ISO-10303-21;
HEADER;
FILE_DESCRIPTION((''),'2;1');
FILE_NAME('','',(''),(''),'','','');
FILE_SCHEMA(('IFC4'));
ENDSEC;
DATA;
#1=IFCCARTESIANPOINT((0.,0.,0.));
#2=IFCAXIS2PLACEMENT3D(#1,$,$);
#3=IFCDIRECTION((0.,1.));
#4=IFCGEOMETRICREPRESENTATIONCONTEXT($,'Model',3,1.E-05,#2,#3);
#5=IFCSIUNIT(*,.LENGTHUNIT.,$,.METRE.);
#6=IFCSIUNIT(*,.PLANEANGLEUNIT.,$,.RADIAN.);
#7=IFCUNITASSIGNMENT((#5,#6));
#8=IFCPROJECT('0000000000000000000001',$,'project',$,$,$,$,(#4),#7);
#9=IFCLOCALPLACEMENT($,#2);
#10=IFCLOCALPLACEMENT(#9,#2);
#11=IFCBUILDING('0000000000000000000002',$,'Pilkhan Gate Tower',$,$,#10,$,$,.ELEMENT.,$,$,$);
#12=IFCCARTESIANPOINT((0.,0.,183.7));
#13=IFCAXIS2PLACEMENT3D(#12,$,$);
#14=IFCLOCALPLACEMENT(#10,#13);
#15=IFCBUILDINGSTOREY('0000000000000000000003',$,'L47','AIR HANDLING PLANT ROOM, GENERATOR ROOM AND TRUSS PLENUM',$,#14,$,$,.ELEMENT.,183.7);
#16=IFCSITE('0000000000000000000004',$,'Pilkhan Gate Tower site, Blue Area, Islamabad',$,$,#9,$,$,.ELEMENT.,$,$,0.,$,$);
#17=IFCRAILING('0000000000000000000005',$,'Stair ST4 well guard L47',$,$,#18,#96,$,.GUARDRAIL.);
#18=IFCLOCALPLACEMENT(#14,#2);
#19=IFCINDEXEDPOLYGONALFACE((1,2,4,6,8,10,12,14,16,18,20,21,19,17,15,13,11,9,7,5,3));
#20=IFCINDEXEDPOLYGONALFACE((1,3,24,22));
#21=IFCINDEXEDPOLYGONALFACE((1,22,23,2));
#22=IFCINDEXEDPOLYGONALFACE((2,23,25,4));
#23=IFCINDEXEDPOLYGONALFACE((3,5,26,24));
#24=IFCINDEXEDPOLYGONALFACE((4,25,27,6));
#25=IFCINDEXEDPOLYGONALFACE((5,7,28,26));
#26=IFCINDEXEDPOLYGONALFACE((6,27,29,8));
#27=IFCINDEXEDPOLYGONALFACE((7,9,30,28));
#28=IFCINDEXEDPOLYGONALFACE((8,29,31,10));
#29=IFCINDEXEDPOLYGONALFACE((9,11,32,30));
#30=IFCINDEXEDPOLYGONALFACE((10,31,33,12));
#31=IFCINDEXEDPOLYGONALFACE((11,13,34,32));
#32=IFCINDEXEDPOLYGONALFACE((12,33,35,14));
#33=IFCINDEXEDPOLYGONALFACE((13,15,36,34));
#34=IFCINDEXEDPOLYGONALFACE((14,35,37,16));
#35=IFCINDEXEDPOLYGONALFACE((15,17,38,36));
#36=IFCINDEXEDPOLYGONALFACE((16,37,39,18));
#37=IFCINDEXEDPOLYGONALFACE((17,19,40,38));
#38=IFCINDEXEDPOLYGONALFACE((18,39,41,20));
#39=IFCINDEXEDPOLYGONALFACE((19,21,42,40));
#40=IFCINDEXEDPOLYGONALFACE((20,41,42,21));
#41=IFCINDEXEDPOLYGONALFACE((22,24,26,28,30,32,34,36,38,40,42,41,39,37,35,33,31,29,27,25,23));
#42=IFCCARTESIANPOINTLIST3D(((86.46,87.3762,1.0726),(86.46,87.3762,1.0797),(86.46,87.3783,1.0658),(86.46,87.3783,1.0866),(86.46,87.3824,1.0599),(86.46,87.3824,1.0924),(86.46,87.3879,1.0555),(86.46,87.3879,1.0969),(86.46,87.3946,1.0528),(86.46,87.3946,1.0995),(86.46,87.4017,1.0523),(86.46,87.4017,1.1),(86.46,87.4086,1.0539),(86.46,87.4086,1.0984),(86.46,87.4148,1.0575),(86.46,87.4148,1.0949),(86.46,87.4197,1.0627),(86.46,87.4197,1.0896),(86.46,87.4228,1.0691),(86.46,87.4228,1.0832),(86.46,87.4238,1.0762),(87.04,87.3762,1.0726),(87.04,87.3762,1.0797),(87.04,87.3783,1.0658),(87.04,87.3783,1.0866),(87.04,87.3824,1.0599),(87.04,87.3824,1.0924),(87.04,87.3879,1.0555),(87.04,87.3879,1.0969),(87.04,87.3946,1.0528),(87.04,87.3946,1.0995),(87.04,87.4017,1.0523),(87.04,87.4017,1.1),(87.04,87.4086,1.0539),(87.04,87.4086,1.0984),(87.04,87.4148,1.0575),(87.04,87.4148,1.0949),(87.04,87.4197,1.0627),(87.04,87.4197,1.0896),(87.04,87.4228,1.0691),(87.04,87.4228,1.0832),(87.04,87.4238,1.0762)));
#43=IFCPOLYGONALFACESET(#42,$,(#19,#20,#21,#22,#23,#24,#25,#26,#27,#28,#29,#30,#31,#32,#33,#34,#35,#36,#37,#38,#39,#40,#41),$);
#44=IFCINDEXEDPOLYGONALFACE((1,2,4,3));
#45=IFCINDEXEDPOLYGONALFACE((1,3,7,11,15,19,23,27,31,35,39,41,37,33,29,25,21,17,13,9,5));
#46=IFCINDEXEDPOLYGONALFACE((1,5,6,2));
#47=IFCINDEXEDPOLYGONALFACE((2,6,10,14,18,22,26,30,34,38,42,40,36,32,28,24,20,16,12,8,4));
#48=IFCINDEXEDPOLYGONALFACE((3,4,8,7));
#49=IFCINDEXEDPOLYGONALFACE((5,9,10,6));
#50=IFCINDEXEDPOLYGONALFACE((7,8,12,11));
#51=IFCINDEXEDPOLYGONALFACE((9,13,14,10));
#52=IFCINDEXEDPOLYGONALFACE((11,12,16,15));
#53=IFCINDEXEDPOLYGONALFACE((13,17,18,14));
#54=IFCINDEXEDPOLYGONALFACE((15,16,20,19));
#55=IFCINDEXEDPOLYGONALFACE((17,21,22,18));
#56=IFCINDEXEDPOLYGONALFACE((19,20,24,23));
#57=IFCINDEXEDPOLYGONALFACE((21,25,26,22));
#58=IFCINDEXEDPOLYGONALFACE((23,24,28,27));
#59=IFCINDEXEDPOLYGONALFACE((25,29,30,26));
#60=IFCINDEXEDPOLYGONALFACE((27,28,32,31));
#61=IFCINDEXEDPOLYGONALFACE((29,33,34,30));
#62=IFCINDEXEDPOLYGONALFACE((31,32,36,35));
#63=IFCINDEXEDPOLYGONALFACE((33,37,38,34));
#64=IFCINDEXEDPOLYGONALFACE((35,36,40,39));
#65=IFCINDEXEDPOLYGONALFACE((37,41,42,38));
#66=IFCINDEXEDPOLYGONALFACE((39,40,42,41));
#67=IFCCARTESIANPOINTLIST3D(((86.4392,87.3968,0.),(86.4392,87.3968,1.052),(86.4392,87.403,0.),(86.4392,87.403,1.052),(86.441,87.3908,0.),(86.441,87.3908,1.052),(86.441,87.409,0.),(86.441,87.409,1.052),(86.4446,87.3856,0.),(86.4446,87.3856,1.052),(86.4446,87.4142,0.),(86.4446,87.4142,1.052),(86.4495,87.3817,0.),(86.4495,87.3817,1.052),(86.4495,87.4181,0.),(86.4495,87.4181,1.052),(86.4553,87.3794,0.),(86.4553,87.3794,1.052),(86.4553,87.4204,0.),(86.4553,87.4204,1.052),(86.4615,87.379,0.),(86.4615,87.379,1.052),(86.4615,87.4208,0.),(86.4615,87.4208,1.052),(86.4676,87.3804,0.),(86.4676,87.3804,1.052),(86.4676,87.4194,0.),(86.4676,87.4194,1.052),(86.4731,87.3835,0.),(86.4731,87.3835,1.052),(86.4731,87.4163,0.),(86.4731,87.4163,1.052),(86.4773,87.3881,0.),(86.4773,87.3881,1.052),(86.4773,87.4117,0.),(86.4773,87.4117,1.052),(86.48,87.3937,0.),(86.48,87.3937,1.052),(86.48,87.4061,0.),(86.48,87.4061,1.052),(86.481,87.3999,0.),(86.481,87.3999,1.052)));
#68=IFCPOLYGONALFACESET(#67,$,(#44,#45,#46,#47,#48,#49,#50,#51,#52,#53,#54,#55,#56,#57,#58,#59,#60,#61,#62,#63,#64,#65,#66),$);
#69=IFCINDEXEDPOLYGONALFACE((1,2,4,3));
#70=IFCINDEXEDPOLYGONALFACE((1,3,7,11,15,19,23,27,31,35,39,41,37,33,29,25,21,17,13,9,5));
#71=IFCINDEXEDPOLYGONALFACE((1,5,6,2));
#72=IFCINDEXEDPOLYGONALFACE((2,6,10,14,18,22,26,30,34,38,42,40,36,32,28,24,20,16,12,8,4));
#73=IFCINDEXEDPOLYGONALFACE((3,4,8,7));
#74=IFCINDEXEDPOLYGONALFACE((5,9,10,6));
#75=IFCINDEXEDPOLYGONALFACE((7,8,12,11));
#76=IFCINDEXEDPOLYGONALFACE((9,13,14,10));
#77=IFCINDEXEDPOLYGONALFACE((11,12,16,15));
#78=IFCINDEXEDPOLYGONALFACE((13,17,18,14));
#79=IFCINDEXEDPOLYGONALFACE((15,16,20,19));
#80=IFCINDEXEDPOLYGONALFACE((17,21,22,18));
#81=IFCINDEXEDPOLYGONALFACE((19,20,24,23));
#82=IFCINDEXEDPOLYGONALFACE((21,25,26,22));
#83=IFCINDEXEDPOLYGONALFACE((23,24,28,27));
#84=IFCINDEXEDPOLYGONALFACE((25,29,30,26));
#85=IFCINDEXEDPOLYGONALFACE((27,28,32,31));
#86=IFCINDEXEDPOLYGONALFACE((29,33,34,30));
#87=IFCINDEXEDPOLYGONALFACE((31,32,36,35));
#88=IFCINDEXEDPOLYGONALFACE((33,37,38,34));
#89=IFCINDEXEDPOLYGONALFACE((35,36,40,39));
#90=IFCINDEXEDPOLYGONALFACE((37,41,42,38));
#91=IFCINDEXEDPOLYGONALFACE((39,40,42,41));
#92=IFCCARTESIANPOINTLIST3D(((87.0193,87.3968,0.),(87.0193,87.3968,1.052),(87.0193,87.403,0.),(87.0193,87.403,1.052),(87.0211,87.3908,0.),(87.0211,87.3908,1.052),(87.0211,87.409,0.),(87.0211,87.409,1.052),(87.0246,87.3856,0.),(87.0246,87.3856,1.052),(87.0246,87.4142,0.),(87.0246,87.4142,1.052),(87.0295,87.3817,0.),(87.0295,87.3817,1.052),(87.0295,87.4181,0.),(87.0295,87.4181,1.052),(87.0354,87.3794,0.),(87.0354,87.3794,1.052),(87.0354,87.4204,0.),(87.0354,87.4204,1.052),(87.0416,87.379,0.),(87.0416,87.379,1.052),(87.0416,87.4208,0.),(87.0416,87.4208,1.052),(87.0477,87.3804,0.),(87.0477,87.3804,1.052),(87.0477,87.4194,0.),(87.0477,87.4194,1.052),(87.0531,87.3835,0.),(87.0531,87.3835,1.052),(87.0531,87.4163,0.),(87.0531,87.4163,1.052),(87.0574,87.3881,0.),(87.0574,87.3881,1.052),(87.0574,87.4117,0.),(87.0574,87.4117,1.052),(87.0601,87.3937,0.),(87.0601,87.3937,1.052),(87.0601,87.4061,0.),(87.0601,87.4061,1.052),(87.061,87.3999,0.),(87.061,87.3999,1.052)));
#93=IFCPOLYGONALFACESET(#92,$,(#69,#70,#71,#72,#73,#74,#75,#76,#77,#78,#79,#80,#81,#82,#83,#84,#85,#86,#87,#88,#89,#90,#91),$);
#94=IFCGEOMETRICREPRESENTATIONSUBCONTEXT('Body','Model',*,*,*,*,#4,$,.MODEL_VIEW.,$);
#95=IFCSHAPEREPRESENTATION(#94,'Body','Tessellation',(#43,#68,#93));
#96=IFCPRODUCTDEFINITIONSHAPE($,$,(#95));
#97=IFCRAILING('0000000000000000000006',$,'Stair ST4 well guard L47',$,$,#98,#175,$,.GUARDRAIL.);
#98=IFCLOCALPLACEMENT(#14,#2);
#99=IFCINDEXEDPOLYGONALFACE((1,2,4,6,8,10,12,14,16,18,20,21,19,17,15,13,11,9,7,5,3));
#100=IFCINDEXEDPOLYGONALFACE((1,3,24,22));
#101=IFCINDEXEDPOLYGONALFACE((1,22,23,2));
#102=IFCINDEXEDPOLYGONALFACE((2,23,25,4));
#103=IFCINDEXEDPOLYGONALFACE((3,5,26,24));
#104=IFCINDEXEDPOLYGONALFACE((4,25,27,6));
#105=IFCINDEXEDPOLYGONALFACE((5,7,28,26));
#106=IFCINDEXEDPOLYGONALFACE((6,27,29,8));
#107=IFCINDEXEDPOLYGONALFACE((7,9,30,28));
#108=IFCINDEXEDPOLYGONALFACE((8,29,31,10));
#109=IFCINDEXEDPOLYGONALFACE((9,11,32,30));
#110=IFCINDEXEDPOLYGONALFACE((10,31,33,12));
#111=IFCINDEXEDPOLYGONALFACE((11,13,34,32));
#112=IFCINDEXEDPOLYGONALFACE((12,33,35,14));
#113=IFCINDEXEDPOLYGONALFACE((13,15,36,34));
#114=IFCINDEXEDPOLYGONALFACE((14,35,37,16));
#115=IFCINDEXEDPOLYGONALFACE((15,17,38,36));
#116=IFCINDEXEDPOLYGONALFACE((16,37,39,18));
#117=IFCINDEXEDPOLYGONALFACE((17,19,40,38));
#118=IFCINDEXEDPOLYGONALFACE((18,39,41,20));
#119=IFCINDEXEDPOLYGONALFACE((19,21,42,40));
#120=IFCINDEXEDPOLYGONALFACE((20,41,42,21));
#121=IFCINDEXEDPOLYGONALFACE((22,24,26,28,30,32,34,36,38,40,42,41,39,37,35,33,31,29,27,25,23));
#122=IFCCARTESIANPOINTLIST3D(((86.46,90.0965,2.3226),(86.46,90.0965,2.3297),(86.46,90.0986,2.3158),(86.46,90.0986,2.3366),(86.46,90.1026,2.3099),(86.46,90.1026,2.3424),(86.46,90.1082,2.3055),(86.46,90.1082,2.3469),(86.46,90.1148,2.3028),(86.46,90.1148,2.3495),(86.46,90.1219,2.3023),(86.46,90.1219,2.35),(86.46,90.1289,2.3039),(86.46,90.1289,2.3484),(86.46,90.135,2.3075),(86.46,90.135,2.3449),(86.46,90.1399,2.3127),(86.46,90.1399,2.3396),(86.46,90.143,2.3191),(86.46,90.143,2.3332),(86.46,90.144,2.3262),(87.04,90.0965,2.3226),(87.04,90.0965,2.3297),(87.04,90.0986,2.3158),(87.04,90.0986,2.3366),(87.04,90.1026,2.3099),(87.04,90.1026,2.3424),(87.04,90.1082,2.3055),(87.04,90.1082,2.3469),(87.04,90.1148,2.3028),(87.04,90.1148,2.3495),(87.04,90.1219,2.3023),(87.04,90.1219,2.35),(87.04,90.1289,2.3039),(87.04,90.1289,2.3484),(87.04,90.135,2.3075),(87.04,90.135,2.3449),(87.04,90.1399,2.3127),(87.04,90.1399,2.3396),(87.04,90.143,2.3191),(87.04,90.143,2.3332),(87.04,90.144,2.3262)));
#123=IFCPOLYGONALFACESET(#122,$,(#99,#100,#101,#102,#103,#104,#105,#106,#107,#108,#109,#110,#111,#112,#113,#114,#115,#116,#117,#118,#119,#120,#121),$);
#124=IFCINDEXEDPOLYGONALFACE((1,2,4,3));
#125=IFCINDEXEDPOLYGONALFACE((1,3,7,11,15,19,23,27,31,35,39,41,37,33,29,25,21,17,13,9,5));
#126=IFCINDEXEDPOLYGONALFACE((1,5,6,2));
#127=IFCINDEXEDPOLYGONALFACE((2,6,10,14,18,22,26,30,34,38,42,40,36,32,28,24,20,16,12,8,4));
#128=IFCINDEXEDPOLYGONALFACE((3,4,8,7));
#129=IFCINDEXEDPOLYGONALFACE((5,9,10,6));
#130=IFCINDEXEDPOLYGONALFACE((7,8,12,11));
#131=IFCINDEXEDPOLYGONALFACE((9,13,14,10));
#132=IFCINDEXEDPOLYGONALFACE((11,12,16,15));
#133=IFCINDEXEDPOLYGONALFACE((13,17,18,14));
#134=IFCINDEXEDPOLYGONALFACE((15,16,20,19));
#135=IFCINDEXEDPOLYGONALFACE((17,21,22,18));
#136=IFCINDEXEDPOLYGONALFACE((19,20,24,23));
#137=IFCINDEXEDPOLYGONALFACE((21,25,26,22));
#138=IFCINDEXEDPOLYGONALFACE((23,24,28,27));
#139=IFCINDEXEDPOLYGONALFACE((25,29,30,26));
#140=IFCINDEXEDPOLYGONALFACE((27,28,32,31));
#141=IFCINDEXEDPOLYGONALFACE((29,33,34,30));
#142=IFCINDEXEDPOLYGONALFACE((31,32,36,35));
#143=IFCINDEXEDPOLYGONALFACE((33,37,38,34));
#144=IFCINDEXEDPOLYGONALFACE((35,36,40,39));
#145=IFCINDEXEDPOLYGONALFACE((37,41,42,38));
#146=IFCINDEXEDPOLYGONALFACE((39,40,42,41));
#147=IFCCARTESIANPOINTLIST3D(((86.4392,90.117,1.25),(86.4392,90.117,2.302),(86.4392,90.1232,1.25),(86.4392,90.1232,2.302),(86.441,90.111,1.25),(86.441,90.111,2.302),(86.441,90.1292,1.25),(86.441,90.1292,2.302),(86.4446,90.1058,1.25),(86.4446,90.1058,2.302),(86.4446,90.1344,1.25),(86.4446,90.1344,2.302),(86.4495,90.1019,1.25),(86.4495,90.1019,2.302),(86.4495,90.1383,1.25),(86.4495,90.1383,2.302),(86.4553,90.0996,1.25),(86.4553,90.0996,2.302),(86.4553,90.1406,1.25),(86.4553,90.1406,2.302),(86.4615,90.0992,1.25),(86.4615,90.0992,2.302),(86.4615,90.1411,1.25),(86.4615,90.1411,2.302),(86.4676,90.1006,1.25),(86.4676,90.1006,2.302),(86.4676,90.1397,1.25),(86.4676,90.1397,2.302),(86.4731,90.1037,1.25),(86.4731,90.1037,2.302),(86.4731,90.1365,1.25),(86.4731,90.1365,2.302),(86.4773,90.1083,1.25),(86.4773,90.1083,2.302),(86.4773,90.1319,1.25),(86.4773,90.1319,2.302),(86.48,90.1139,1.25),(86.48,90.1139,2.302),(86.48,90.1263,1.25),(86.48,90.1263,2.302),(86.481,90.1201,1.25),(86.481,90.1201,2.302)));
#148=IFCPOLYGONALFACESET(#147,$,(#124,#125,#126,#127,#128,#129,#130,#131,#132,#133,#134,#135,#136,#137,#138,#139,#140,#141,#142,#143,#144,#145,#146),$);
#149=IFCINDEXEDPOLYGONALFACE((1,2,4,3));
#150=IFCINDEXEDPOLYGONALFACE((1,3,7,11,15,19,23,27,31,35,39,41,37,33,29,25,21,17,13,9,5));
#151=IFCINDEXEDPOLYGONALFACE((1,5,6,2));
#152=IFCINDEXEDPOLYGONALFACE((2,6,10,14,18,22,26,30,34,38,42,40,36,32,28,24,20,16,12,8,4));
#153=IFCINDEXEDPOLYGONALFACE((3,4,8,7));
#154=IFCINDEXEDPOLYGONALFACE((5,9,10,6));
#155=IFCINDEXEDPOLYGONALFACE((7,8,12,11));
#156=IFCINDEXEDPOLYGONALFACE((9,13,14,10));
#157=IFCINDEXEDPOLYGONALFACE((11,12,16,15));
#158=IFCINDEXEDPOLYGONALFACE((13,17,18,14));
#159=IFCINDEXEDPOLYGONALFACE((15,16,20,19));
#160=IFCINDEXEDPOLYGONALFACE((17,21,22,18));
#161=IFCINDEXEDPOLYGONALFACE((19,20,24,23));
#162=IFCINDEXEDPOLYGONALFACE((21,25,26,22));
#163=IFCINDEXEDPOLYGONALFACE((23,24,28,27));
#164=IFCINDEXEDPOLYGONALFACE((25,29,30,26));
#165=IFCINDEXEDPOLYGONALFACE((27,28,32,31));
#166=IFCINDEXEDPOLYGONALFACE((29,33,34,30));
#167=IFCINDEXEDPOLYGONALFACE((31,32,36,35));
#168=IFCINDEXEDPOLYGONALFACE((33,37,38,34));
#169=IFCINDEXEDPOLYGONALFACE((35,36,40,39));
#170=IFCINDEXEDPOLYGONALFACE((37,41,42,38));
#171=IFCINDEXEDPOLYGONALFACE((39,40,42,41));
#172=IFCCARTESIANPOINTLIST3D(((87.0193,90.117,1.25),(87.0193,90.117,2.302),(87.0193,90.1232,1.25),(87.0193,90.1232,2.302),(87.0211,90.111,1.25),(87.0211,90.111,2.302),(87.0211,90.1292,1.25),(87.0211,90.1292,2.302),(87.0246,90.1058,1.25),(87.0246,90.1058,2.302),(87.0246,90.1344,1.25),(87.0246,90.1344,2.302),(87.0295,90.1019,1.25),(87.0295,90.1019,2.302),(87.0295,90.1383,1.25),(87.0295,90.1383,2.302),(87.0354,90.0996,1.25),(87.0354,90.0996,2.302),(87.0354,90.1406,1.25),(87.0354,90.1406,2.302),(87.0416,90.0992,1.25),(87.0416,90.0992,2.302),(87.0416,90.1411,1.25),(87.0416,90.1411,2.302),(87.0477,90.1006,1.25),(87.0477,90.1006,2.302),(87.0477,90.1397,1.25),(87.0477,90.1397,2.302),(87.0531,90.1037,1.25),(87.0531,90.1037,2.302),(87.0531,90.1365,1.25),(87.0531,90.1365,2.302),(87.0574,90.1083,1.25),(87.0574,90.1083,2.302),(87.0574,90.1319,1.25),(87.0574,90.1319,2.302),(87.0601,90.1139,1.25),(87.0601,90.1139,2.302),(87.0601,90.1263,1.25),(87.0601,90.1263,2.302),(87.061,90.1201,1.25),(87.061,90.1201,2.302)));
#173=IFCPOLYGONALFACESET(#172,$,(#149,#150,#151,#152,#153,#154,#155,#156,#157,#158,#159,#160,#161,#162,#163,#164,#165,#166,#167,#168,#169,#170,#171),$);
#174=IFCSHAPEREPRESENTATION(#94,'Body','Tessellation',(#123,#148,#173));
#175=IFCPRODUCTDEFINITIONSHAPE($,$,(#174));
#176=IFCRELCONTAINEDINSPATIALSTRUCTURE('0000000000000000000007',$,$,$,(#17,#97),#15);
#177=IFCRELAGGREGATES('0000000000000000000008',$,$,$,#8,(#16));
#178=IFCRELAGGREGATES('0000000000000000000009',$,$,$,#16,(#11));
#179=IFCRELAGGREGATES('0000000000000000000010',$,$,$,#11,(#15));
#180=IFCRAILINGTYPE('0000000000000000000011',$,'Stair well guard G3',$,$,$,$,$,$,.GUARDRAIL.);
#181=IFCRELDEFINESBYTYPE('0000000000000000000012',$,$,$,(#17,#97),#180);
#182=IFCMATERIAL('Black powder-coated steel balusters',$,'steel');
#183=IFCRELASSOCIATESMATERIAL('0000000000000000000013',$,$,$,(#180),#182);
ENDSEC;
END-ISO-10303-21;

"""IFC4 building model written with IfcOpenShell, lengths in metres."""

from ifc_helpers import new_model, si_unit, direction, frame, origin, origin_2d, place, context, subcontext, project, spatial, circle, extrude, material, type_object, element, save


model = new_model("IFC4")

# Units and contexts
model_context = context("Model", 3, precision=1e-05, world=origin(), true_north=direction((0.0, 1.0)))
body_context = subcontext(model_context, "Body", "Model", "MODEL_VIEW")
ifc_project = project(units=[si_unit("LENGTHUNIT", "METRE"), si_unit("PLANEANGLEUNIT", "RADIAN")], contexts=[model_context])

# Site, building, storey
site_placement = place(None, origin())
site = spatial("IfcSite", under=ifc_project, at=site_placement, Name="Pilkhan Gate Tower site, Blue Area, Islamabad", CompositionType="ELEMENT", RefElevation=0.0)
building_placement = place(site_placement, origin())
building = spatial("IfcBuilding", under=site, at=building_placement, Name="Pilkhan Gate Tower", CompositionType="ELEMENT")
storey_placement = place(building_placement, frame((0.0, 0.0, 183.7)))
storey = spatial("IfcBuildingStorey", under=building, at=storey_placement, Name="L47", Description="AIR HANDLING PLANT ROOM, GENERATOR ROOM AND TRUSS PLENUM", CompositionType="ELEMENT", Elevation=183.7)

# Railings
ifc_material_1 = material(Name="Black powder-coated steel balusters", Category="steel")
railing_type_1 = type_object("IfcRailingType", Name="Stair well guard G3", PredefinedType="GUARDRAIL", material=ifc_material_1)
for number, where, name in (
    (1, (86.46, 87.3999, 0.0), "Stair ST4 well guard L47"),
    (2, (86.46, 90.1201, 1.25), "Stair ST4 well guard L47"),
):
    element("IfcRailing", number, at=place(storey_placement, frame(where)), inside=storey, type_object=railing_type_1, Name=name, PredefinedType="GUARDRAIL", context=body_context, shape_type="SweptSolid", body=[
        extrude(circle(Radius=0.0239, at=origin_2d()), frame((0.0, 0.0, 1.0762), z_axis=(1.0, 0.0, 0.0), x_axis=(0.0, 1.0, 0.0)), (0.0, 0.0, 1.0), 0.5801),
        extrude(circle(Radius=0.021, at=origin_2d()), origin(), (0.0, 0.0, 1.0), 1.052),
        extrude(circle(Radius=0.021, at=origin_2d()), frame((0.5801, 0.0, 0.0)), (0.0, 0.0, 1.0), 1.052),
    ])

save(model, "model.ifc")
